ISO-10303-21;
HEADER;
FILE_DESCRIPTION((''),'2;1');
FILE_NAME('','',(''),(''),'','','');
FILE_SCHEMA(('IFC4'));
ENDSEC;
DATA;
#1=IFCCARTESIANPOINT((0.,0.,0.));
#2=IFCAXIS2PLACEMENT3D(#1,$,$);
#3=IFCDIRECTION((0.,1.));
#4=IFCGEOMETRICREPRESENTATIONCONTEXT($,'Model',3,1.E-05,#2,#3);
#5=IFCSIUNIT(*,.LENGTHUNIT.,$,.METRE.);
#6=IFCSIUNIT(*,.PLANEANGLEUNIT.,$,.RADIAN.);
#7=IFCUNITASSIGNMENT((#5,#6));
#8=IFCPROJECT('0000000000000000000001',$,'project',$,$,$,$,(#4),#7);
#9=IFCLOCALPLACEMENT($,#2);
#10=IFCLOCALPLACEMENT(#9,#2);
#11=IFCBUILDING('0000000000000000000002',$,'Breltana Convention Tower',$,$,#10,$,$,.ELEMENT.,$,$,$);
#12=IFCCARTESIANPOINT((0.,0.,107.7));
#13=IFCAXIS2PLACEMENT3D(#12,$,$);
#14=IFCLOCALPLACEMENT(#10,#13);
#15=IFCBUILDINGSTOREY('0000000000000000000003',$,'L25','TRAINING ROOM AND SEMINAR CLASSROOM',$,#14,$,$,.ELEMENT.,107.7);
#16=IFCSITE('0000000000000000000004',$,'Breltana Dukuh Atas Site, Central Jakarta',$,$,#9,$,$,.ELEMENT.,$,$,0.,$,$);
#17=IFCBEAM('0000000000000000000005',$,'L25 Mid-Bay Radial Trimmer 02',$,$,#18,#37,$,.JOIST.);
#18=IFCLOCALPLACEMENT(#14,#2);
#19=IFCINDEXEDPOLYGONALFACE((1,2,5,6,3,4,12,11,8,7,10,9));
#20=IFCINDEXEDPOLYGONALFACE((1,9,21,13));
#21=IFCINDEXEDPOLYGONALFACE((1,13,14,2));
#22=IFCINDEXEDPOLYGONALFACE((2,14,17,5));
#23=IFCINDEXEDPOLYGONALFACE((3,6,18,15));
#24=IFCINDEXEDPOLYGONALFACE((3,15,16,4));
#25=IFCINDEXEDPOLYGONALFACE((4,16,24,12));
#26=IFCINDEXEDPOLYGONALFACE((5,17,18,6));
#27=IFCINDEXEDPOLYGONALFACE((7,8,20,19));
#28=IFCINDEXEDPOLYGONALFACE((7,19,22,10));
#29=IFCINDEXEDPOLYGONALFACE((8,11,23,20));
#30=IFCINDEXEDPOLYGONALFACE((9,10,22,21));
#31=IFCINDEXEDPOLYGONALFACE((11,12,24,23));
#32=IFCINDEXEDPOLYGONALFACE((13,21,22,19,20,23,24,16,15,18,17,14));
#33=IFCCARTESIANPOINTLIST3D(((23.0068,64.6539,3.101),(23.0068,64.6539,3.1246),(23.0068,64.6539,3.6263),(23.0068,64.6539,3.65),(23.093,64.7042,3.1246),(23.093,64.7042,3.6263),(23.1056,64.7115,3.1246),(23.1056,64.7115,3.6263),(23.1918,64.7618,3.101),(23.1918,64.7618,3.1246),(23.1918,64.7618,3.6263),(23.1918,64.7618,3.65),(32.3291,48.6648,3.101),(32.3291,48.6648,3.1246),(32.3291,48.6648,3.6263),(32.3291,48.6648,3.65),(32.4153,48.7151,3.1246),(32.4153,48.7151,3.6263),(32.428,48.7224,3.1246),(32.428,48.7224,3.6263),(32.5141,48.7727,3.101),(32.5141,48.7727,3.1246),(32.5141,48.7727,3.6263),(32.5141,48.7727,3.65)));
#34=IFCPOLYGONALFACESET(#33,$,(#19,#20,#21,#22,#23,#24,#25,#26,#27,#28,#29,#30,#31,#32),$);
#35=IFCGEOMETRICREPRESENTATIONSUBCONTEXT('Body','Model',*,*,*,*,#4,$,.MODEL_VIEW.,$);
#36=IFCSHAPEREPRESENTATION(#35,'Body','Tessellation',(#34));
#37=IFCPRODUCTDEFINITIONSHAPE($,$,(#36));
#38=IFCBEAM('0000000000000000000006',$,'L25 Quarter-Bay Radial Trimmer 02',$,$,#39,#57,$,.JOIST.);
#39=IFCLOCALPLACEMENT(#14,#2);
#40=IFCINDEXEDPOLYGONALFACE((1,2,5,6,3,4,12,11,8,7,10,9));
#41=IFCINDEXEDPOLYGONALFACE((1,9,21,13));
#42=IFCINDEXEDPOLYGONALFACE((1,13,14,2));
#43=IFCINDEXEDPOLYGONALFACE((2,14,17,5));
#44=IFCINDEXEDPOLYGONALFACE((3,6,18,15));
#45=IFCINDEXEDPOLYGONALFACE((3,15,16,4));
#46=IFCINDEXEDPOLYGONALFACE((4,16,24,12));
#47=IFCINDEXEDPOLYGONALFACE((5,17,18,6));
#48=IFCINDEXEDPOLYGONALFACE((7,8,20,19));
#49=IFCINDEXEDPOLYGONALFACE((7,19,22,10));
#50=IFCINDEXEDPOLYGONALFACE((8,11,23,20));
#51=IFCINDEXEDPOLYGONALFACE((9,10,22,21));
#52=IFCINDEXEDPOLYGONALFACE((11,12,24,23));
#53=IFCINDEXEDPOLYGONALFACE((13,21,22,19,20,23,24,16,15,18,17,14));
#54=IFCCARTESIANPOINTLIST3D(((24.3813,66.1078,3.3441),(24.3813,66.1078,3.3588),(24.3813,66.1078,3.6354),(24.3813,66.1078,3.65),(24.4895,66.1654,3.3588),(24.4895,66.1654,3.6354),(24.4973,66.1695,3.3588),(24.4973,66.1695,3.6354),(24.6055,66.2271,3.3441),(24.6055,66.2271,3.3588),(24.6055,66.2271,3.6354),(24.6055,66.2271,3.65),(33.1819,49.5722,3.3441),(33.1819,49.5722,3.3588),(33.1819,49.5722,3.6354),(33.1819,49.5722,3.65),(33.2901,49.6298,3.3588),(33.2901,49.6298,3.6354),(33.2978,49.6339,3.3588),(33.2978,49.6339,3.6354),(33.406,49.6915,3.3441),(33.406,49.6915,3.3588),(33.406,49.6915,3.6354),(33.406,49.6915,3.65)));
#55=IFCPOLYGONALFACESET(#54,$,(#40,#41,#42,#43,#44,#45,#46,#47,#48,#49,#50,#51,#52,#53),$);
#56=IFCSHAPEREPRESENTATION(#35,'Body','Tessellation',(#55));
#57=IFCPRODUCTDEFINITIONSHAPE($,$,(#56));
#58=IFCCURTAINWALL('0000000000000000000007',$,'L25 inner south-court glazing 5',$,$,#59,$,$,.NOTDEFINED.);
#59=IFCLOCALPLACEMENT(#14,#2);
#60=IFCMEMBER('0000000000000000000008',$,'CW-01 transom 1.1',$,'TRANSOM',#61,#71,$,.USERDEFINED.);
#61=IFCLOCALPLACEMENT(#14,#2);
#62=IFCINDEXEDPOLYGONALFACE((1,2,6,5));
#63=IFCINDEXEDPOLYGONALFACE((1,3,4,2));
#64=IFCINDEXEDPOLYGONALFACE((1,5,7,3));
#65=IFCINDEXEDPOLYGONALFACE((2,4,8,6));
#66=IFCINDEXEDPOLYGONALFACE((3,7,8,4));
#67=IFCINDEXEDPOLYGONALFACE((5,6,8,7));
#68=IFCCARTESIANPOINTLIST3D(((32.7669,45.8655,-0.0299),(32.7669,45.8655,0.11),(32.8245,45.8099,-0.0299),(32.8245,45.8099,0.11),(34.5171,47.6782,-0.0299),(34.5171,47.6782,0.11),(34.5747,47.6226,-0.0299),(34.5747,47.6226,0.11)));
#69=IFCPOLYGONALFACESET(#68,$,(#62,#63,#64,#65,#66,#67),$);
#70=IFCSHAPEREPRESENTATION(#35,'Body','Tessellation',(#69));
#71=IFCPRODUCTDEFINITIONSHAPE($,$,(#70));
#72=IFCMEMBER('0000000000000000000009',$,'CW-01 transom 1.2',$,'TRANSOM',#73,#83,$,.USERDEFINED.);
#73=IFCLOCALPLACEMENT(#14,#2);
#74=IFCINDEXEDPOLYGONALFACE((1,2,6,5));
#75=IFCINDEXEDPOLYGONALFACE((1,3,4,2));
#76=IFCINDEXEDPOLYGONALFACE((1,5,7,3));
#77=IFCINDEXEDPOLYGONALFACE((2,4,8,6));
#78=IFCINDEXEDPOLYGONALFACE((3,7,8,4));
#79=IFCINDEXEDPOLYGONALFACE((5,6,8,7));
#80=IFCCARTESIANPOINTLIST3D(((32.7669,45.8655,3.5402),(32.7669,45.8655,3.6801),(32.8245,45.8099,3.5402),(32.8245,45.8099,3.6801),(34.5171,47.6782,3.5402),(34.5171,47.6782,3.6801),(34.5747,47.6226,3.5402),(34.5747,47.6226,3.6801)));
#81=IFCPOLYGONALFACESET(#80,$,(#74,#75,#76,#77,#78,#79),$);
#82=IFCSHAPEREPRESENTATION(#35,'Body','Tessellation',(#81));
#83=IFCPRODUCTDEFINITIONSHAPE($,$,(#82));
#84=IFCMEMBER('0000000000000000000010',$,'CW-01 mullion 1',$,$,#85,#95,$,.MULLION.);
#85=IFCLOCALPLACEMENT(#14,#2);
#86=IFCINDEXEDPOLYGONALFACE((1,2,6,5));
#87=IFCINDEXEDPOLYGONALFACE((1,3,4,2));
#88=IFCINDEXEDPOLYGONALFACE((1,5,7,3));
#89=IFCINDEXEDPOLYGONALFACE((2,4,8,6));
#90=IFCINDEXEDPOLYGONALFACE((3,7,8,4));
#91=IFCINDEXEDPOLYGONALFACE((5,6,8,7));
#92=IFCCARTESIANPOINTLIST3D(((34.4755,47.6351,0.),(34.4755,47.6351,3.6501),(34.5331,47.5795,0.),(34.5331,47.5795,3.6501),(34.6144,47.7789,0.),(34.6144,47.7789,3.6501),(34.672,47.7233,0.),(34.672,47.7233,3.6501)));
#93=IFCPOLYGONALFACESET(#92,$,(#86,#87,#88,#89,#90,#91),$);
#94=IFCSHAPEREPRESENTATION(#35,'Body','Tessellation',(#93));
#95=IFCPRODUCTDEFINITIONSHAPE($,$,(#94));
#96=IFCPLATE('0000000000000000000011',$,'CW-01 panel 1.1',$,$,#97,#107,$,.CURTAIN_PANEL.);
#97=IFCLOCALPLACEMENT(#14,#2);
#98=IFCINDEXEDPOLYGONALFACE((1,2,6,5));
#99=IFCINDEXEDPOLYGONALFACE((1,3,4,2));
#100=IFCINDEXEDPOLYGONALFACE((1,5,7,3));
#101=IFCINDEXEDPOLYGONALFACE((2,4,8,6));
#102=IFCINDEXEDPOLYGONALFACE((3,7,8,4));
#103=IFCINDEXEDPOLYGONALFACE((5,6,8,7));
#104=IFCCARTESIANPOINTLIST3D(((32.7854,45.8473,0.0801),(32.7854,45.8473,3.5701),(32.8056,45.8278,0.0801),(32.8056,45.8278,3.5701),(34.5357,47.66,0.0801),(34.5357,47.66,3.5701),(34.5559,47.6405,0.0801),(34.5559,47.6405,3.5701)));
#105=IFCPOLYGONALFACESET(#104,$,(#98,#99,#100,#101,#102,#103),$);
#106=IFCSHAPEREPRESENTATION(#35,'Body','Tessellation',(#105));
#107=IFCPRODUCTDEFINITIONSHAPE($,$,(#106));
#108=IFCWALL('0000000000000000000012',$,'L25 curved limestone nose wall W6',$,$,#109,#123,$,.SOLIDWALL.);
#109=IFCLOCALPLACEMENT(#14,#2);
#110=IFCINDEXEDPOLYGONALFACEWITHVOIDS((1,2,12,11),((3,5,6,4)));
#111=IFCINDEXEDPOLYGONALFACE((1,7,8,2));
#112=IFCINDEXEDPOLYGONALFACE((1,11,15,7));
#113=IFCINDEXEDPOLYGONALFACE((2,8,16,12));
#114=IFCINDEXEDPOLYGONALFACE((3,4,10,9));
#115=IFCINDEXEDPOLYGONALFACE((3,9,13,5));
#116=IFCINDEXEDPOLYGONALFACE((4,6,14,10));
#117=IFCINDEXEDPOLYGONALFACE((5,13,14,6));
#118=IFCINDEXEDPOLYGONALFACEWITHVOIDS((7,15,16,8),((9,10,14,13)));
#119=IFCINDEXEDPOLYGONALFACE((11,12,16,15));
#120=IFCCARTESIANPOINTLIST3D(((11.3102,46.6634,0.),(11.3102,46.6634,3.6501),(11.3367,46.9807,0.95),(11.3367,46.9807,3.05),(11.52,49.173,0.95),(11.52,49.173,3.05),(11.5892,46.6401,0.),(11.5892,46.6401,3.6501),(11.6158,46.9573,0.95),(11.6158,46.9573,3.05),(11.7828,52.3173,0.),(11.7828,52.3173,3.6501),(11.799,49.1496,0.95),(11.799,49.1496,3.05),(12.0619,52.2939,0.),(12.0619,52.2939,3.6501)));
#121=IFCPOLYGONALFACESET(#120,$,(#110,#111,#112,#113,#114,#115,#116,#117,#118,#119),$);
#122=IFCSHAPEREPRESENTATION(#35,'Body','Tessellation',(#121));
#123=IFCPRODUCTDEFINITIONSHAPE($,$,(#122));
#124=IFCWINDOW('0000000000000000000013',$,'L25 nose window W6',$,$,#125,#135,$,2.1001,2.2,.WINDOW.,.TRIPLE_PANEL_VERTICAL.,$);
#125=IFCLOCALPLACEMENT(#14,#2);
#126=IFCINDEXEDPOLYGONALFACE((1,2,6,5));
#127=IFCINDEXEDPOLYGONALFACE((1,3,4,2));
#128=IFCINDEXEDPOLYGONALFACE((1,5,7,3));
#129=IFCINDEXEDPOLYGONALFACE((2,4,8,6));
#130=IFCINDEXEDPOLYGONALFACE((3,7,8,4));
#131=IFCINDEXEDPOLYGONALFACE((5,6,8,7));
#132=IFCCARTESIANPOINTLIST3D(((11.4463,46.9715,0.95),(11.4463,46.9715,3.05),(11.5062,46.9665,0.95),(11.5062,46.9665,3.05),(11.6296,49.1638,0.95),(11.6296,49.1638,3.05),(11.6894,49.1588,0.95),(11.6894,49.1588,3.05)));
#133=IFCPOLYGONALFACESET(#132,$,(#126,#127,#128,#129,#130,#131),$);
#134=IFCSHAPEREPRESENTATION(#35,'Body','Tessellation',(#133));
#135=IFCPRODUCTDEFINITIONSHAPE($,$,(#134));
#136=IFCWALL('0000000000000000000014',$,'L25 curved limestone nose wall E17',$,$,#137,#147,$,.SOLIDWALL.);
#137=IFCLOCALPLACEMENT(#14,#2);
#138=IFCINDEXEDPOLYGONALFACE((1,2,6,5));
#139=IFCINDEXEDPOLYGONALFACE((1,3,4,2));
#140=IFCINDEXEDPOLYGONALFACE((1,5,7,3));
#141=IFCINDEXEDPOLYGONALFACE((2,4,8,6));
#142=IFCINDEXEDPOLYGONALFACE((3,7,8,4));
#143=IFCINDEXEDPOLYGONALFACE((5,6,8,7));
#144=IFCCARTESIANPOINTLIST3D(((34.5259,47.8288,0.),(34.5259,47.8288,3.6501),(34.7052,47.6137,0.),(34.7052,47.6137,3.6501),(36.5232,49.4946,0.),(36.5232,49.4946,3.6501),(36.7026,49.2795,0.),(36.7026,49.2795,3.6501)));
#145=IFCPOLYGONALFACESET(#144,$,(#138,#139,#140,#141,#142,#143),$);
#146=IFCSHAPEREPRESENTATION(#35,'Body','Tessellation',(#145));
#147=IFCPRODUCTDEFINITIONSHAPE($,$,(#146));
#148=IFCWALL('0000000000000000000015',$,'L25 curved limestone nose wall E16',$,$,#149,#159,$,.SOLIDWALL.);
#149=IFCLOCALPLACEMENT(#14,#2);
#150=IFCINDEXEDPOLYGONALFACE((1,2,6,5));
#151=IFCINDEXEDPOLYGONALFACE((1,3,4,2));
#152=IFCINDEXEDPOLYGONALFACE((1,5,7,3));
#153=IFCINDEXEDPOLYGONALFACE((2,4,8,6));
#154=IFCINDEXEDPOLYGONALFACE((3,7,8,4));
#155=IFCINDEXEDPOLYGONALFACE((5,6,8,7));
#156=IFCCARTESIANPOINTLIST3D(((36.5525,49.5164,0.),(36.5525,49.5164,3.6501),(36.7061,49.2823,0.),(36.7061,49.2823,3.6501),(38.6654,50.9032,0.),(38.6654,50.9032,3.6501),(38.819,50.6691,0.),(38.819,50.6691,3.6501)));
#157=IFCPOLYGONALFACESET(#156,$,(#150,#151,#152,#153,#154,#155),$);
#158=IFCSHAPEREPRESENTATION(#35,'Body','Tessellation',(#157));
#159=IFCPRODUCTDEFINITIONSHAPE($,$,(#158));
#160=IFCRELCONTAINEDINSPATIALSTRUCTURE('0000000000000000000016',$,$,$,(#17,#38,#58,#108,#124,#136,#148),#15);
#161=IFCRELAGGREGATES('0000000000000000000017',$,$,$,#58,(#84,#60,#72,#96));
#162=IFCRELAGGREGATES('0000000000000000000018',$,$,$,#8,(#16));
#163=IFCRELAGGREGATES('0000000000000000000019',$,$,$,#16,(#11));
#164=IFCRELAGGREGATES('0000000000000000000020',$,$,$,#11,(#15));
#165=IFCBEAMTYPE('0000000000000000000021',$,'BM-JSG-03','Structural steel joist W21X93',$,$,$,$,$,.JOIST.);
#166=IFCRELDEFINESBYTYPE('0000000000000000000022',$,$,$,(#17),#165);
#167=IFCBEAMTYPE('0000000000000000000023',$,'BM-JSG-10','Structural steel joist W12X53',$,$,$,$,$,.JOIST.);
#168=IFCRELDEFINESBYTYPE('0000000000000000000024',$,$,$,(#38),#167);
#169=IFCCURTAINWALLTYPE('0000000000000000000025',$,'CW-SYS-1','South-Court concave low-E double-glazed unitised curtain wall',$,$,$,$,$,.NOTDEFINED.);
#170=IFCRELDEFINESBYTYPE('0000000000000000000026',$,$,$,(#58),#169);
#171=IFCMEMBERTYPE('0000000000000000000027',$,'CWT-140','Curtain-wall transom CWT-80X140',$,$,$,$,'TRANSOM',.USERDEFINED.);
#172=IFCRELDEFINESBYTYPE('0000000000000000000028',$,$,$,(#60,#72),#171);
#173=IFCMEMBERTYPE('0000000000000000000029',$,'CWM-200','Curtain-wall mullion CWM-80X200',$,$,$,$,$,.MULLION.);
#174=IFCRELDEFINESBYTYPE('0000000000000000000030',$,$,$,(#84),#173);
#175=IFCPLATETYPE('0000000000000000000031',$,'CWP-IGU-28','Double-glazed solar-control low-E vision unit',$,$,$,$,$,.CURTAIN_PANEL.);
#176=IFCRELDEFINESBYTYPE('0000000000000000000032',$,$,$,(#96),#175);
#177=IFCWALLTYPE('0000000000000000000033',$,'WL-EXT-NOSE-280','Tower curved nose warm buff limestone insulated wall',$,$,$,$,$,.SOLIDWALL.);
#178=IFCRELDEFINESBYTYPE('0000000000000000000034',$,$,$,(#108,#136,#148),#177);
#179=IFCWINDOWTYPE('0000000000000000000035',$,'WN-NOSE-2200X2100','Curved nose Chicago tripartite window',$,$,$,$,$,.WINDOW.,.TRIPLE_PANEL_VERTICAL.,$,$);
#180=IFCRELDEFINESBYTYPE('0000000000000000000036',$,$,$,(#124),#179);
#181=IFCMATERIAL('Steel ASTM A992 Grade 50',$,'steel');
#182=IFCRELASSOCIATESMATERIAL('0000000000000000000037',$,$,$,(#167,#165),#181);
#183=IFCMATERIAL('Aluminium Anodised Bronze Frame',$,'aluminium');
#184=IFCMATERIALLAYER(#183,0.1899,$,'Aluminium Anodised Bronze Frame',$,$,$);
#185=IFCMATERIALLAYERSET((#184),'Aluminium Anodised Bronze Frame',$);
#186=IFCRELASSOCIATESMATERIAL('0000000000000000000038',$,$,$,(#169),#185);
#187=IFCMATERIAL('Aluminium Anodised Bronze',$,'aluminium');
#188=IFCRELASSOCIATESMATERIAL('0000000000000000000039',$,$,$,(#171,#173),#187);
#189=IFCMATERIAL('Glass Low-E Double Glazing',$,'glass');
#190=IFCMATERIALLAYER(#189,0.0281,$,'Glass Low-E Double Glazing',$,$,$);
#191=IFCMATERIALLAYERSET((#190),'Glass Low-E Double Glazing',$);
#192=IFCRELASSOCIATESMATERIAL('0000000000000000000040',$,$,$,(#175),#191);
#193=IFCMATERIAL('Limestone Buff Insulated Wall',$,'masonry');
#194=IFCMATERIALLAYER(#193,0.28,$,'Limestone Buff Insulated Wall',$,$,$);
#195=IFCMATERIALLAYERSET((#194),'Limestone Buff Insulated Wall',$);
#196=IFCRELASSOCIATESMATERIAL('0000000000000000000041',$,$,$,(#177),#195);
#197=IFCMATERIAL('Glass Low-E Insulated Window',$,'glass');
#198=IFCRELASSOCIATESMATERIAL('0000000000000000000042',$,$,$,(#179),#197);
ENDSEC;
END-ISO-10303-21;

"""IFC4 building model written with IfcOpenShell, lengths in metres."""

from ifc_helpers import new_model, si_unit, direction, frame, frame_2d, origin, origin_2d, place, context, subcontext, project, spatial, rectangle, i_section, extrude, source, transform, mapped, material, layer, layer_set, material_profile, profile_set, type_object, type_shapes, element, fill, aggregate, save


model = new_model("IFC4")

# Units and contexts
model_context = context("Model", 3, precision=1e-05, world=origin(), true_north=direction((0.0, 1.0)))
body_context = subcontext(model_context, "Body", "Model", "MODEL_VIEW")
ifc_project = project(units=[si_unit("LENGTHUNIT", "METRE"), si_unit("PLANEANGLEUNIT", "RADIAN")], contexts=[model_context])

# Site, building, storey
site_placement = place(None, origin())
site = spatial("IfcSite", under=ifc_project, at=site_placement, Name="Breltana Dukuh Atas Site, Central Jakarta", CompositionType="ELEMENT", RefElevation=0.0)
building_placement = place(site_placement, origin())
building = spatial("IfcBuilding", under=site, at=building_placement, Name="Breltana Convention Tower", CompositionType="ELEMENT")
storey_placement = place(building_placement, frame((0.0, 0.0, 107.7)))
storey = spatial("IfcBuildingStorey", under=building, at=storey_placement, Name="L25", Description="TRAINING ROOM AND SEMINAR CLASSROOM", CompositionType="ELEMENT", Elevation=107.7)

# Beams
ifc_material_1 = material(Name="Steel ASTM A992 Grade 50", Category="steel")
ifc_material_profile_1 = material_profile(ifc_material_1, i_section(OverallWidth=0.2539, OverallDepth=0.3059, WebThickness=0.0088, FlangeThickness=0.0146, at=origin_2d()), Name="W12X53")
ifc_profile_set_1 = profile_set([ifc_material_profile_1], Name="Steel ASTM A992 Grade 50")
beam_type_1 = type_object("IfcBeamType", Name="BM-JSG-10", Description="Structural steel joist W12X53", PredefinedType="JOIST", material=ifc_profile_set_1)
ifc_material_profile_2 = material_profile(ifc_material_1, i_section(OverallWidth=0.2141, OverallDepth=0.5491, WebThickness=0.0146, FlangeThickness=0.0237, at=origin_2d()), Name="W21X93")
ifc_profile_set_2 = profile_set([ifc_material_profile_2], Name="Steel ASTM A992 Grade 50")
beam_type_2 = type_object("IfcBeamType", Name="BM-JSG-03", Description="Structural steel joist W21X93", PredefinedType="JOIST", material=ifc_profile_set_2)
shared_shape_1 = source(origin(), body_context, "Body", "SweptSolid", [
    extrude(i_section(OverallWidth=0.2141, OverallDepth=0.5491, WebThickness=0.0146, FlangeThickness=0.0237, at=origin_2d()), origin(), (0.0, 0.0, 1.0), 18.5083),
])
beam_1_placement = place(storey_placement, frame((32.4216, 48.7188, 3.3755), z_axis=(-0.503683, 0.863888, 0.0), x_axis=(-0.863888, -0.503683, 0.0)))
element("IfcBeam", 1, at=beam_1_placement, inside=storey, type_object=beam_type_2, Name="L25 Mid-Bay Radial Trimmer 02", PredefinedType="JOIST", context=body_context, shape_type="MappedRepresentation", body=[
    mapped(shared_shape_1, transform((0.0, 0.0, 0.0), scale=1.0)),
])
shared_shape_2 = source(origin(), body_context, "Body", "SweptSolid", [
    extrude(i_section(OverallWidth=0.2539, OverallDepth=0.3059, WebThickness=0.0088, FlangeThickness=0.0146, at=origin_2d()), origin(), (0.0, 0.0, 1.0), 18.7317),
])
beam_2_placement = place(storey_placement, frame((33.2939, 49.6318, 3.4971), z_axis=(-0.46982, 0.882762, 0.0), x_axis=(-0.882762, -0.46982, 0.0)))
element("IfcBeam", 2, at=beam_2_placement, inside=storey, type_object=beam_type_1, Name="L25 Quarter-Bay Radial Trimmer 02", PredefinedType="JOIST", context=body_context, shape_type="MappedRepresentation", body=[
    mapped(shared_shape_2, transform((0.0, 0.0, 0.0), scale=1.0)),
])

# Curtain wall, members, plate
ifc_material_2 = material(Name="Aluminium Anodised Bronze Frame", Category="aluminium")
ifc_layer_1 = layer(ifc_material_2, 0.1899, Name="Aluminium Anodised Bronze Frame")
ifc_layer_set_1 = layer_set([ifc_layer_1], Name="Aluminium Anodised Bronze Frame")
curtain_wall_type = type_object("IfcCurtainWallType", Name="CW-SYS-1", Description="South-Court concave low-E double-glazed unitised curtain wall", PredefinedType="NOTDEFINED", material=ifc_layer_set_1)
curtain_wall_placement = place(storey_placement, origin())
curtain_wall = element("IfcCurtainWall", 3, at=curtain_wall_placement, inside=storey, type_object=curtain_wall_type, Name="L25 inner south-court glazing 5", PredefinedType="NOTDEFINED")
ifc_material_3 = material(Name="Aluminium Anodised Bronze", Category="aluminium")
ifc_material_profile_3 = material_profile(ifc_material_3, rectangle(XDim=0.0801, YDim=0.1399, at=origin_2d()), Name="CWT-80X140")
ifc_profile_set_3 = profile_set([ifc_material_profile_3], Name="Aluminium Anodised Bronze")
member_type_1 = type_object("IfcMemberType", Name="CWT-140", Description="Curtain-wall transom CWT-80X140", ElementType="TRANSOM", PredefinedType="USERDEFINED", material=ifc_profile_set_3)
shared_shape_3 = source(origin(), body_context, "Body", "SweptSolid", [
    extrude(rectangle(XDim=0.0801, YDim=0.1399, at=origin_2d()), origin(), (0.0, 0.0, 1.0), 2.5198),
])
member_1_placement = place(storey_placement, frame((34.5459, 47.6504, 0.04), z_axis=(-0.694596, -0.7194, 0.0), x_axis=(0.7194, -0.694596, 0.0)))
member_1 = element("IfcMember", 4, at=member_1_placement, type_object=member_type_1, Name="CW-01 transom 1.1", ObjectType="TRANSOM", PredefinedType="USERDEFINED", context=body_context, shape_type="MappedRepresentation", body=[
    mapped(shared_shape_3, transform((0.0, 0.0, 0.0), scale=1.0)),
])
member_2_placement = place(storey_placement, frame((34.5459, 47.6504, 3.6101), z_axis=(-0.694596, -0.7194, 0.0), x_axis=(0.7194, -0.694596, 0.0)))
member_2 = element("IfcMember", 5, at=member_2_placement, type_object=member_type_1, Name="CW-01 transom 1.2", ObjectType="TRANSOM", PredefinedType="USERDEFINED", context=body_context, shape_type="MappedRepresentation", body=[
    mapped(shared_shape_3, transform((0.0, 0.0, 0.0), scale=1.0)),
])
ifc_material_profile_4 = material_profile(ifc_material_3, rectangle(XDim=0.0801, YDim=0.2, at=origin_2d()), Name="CWM-80X200")
ifc_profile_set_4 = profile_set([ifc_material_profile_4], Name="Aluminium Anodised Bronze")
member_type_2 = type_object("IfcMemberType", Name="CWM-200", Description="Curtain-wall mullion CWM-80X200", PredefinedType="MULLION", material=ifc_profile_set_4)
shared_shape_4 = source(origin(), body_context, "Body", "SweptSolid", [
    extrude(rectangle(XDim=0.0801, YDim=0.2, at=origin_2d()), origin(), (0.0, 0.0, 1.0), 3.6501),
])
member_3_placement = place(storey_placement, frame((34.5737, 47.6792, 0.0), z_axis=(0.0, 0.0, 1.0), x_axis=(0.719387, -0.694609, 0.0)))
member_3 = element("IfcMember", 6, at=member_3_placement, type_object=member_type_2, Name="CW-01 mullion 1", PredefinedType="MULLION", context=body_context, shape_type="MappedRepresentation", body=[
    mapped(shared_shape_4, transform((0.0, 0.0, 0.0), scale=1.0)),
])
ifc_material_4 = material(Name="Glass Low-E Double Glazing", Category="glass")
ifc_layer_2 = layer(ifc_material_4, 0.0281, Name="Glass Low-E Double Glazing")
ifc_layer_set_2 = layer_set([ifc_layer_2], Name="Glass Low-E Double Glazing")
plate_type = type_object("IfcPlateType", Name="CWP-IGU-28", Description="Double-glazed solar-control low-E vision unit", PredefinedType="CURTAIN_PANEL", material=ifc_layer_set_2)
shared_shape_5 = source(origin(), body_context, "Body", "SweptSolid", [
    extrude(rectangle(XDim=2.5198, YDim=0.0281, at=origin_2d()), origin(), (0.0, 0.0, 1.0), 3.49),
])
plate_placement = place(storey_placement, frame((33.6707, 46.7439, 0.0801), z_axis=(0.0, 0.0, 1.0), x_axis=(-0.694609, -0.719387, 0.0)))
plate = element("IfcPlate", 7, at=plate_placement, type_object=plate_type, Name="CW-01 panel 1.1", PredefinedType="CURTAIN_PANEL", context=body_context, shape_type="MappedRepresentation", body=[
    mapped(shared_shape_5, transform((0.0, 0.0, 0.0), scale=1.0)),
])
aggregate(curtain_wall, [member_3, member_1, member_2, plate])

# Wall, opening, window
ifc_material_5 = material(Name="Limestone Buff Insulated Wall", Category="masonry")
ifc_layer_3 = layer(ifc_material_5, 0.28, Name="Limestone Buff Insulated Wall")
ifc_layer_set_3 = layer_set([ifc_layer_3], Name="Limestone Buff Insulated Wall")
wall_type_1 = type_object("IfcWallType", Name="WL-EXT-NOSE-280", Description="Tower curved nose warm buff limestone insulated wall", PredefinedType="SOLIDWALL", material=ifc_layer_set_3)
shared_shape_6 = source(origin(), body_context, "Body", "SweptSolid", [
    extrude(rectangle(XDim=5.6736, YDim=0.28, at=frame_2d((2.8369, 0.0))), origin(), (0.0, 0.0, 1.0), 3.6501),
])
wall_1_placement = place(storey_placement, frame((11.4497, 46.6516, 0.0), z_axis=(0.0, 0.0, 1.0), x_axis=(0.083309, 0.996524, 0.0)))
wall_1 = element("IfcWall", 8, at=wall_1_placement, inside=storey, type_object=wall_type_1, Name="L25 curved limestone nose wall W6", PredefinedType="SOLIDWALL", context=body_context, shape_type="MappedRepresentation", body=[
    mapped(shared_shape_6, transform((0.0, 0.0, 0.0), scale=1.0)),
])
opening_placement = place(wall_1_placement, frame((0.3184, 0.0, 0.95)))
opening = element("IfcOpeningElement", 9, at=opening_placement, cuts=wall_1, PredefinedType="OPENING", context=body_context, shape_type="SweptSolid", body=[
    extrude(rectangle(XDim=2.2, YDim=2.1001, at=frame_2d((1.1001, 1.05))), frame((0.0, 0.1499, 0.0), z_axis=(0.0, -1.0, 0.0), x_axis=(1.0, 0.0, 0.0)), (0.0, 0.0, 1.0), 0.3),
])
ifc_material_6 = material(Name="Glass Low-E Insulated Window", Category="glass")
window_type = type_object("IfcWindowType", Name="WN-NOSE-2200X2100", Description="Curved nose Chicago tripartite window", PartitioningType="TRIPLE_PANEL_VERTICAL", PredefinedType="WINDOW", material=ifc_material_6)
shared_shape_7 = source(origin(), body_context, "Body", "SweptSolid", [
    extrude(rectangle(XDim=2.2, YDim=2.1001, at=frame_2d((1.1001, 1.05))), frame((0.0, 0.03, 0.0), z_axis=(0.0, -1.0, 0.0), x_axis=(1.0, 0.0, 0.0)), (0.0, 0.0, 1.0), 0.0601),
])
type_shapes(window_type, [shared_shape_7])
window_placement = place(opening_placement, origin())
window = element("IfcWindow", 10, at=window_placement, inside=storey, type_object=window_type, Name="L25 nose window W6", OverallHeight=2.1001, OverallWidth=2.2, PartitioningType="TRIPLE_PANEL_VERTICAL", PredefinedType="WINDOW", context=body_context, shape_type="MappedRepresentation", body=[
    mapped(shared_shape_7, transform((0.0, 0.0, 0.0), scale=1.0)),
])
fill(opening, window)

# Walls
shared_shape_8 = source(origin(), body_context, "Body", "SweptSolid", [
    extrude(rectangle(XDim=2.6008, YDim=0.28, at=frame_2d((1.3003, 0.0))), origin(), (0.0, 0.0, 1.0), 3.6501),
])
wall_2_placement = place(storey_placement, frame((36.6128, 49.387, 0.0), z_axis=(0.0, 0.0, 1.0), x_axis=(-0.767967, -0.640489, 0.0)))
element("IfcWall", 11, at=wall_2_placement, inside=storey, type_object=wall_type_1, Name="L25 curved limestone nose wall E17", PredefinedType="SOLIDWALL", context=body_context, shape_type="MappedRepresentation", body=[
    mapped(shared_shape_8, transform((0.0, 0.0, 0.0), scale=1.0)),
])
shared_shape_9 = source(origin(), body_context, "Body", "SweptSolid", [
    extrude(rectangle(XDim=2.5273, YDim=0.28, at=frame_2d((1.2637, 0.0))), origin(), (0.0, 0.0, 1.0), 3.6501),
])
wall_3_placement = place(storey_placement, frame((38.7422, 50.7861, 0.0), z_axis=(0.0, 0.0, 1.0), x_axis=(-0.836012, -0.548711, 0.0)))
element("IfcWall", 12, at=wall_3_placement, inside=storey, type_object=wall_type_1, Name="L25 curved limestone nose wall E16", PredefinedType="SOLIDWALL", context=body_context, shape_type="MappedRepresentation", body=[
    mapped(shared_shape_9, transform((0.0, 0.0, 0.0), scale=1.0)),
])

save(model, "model.ifc")
